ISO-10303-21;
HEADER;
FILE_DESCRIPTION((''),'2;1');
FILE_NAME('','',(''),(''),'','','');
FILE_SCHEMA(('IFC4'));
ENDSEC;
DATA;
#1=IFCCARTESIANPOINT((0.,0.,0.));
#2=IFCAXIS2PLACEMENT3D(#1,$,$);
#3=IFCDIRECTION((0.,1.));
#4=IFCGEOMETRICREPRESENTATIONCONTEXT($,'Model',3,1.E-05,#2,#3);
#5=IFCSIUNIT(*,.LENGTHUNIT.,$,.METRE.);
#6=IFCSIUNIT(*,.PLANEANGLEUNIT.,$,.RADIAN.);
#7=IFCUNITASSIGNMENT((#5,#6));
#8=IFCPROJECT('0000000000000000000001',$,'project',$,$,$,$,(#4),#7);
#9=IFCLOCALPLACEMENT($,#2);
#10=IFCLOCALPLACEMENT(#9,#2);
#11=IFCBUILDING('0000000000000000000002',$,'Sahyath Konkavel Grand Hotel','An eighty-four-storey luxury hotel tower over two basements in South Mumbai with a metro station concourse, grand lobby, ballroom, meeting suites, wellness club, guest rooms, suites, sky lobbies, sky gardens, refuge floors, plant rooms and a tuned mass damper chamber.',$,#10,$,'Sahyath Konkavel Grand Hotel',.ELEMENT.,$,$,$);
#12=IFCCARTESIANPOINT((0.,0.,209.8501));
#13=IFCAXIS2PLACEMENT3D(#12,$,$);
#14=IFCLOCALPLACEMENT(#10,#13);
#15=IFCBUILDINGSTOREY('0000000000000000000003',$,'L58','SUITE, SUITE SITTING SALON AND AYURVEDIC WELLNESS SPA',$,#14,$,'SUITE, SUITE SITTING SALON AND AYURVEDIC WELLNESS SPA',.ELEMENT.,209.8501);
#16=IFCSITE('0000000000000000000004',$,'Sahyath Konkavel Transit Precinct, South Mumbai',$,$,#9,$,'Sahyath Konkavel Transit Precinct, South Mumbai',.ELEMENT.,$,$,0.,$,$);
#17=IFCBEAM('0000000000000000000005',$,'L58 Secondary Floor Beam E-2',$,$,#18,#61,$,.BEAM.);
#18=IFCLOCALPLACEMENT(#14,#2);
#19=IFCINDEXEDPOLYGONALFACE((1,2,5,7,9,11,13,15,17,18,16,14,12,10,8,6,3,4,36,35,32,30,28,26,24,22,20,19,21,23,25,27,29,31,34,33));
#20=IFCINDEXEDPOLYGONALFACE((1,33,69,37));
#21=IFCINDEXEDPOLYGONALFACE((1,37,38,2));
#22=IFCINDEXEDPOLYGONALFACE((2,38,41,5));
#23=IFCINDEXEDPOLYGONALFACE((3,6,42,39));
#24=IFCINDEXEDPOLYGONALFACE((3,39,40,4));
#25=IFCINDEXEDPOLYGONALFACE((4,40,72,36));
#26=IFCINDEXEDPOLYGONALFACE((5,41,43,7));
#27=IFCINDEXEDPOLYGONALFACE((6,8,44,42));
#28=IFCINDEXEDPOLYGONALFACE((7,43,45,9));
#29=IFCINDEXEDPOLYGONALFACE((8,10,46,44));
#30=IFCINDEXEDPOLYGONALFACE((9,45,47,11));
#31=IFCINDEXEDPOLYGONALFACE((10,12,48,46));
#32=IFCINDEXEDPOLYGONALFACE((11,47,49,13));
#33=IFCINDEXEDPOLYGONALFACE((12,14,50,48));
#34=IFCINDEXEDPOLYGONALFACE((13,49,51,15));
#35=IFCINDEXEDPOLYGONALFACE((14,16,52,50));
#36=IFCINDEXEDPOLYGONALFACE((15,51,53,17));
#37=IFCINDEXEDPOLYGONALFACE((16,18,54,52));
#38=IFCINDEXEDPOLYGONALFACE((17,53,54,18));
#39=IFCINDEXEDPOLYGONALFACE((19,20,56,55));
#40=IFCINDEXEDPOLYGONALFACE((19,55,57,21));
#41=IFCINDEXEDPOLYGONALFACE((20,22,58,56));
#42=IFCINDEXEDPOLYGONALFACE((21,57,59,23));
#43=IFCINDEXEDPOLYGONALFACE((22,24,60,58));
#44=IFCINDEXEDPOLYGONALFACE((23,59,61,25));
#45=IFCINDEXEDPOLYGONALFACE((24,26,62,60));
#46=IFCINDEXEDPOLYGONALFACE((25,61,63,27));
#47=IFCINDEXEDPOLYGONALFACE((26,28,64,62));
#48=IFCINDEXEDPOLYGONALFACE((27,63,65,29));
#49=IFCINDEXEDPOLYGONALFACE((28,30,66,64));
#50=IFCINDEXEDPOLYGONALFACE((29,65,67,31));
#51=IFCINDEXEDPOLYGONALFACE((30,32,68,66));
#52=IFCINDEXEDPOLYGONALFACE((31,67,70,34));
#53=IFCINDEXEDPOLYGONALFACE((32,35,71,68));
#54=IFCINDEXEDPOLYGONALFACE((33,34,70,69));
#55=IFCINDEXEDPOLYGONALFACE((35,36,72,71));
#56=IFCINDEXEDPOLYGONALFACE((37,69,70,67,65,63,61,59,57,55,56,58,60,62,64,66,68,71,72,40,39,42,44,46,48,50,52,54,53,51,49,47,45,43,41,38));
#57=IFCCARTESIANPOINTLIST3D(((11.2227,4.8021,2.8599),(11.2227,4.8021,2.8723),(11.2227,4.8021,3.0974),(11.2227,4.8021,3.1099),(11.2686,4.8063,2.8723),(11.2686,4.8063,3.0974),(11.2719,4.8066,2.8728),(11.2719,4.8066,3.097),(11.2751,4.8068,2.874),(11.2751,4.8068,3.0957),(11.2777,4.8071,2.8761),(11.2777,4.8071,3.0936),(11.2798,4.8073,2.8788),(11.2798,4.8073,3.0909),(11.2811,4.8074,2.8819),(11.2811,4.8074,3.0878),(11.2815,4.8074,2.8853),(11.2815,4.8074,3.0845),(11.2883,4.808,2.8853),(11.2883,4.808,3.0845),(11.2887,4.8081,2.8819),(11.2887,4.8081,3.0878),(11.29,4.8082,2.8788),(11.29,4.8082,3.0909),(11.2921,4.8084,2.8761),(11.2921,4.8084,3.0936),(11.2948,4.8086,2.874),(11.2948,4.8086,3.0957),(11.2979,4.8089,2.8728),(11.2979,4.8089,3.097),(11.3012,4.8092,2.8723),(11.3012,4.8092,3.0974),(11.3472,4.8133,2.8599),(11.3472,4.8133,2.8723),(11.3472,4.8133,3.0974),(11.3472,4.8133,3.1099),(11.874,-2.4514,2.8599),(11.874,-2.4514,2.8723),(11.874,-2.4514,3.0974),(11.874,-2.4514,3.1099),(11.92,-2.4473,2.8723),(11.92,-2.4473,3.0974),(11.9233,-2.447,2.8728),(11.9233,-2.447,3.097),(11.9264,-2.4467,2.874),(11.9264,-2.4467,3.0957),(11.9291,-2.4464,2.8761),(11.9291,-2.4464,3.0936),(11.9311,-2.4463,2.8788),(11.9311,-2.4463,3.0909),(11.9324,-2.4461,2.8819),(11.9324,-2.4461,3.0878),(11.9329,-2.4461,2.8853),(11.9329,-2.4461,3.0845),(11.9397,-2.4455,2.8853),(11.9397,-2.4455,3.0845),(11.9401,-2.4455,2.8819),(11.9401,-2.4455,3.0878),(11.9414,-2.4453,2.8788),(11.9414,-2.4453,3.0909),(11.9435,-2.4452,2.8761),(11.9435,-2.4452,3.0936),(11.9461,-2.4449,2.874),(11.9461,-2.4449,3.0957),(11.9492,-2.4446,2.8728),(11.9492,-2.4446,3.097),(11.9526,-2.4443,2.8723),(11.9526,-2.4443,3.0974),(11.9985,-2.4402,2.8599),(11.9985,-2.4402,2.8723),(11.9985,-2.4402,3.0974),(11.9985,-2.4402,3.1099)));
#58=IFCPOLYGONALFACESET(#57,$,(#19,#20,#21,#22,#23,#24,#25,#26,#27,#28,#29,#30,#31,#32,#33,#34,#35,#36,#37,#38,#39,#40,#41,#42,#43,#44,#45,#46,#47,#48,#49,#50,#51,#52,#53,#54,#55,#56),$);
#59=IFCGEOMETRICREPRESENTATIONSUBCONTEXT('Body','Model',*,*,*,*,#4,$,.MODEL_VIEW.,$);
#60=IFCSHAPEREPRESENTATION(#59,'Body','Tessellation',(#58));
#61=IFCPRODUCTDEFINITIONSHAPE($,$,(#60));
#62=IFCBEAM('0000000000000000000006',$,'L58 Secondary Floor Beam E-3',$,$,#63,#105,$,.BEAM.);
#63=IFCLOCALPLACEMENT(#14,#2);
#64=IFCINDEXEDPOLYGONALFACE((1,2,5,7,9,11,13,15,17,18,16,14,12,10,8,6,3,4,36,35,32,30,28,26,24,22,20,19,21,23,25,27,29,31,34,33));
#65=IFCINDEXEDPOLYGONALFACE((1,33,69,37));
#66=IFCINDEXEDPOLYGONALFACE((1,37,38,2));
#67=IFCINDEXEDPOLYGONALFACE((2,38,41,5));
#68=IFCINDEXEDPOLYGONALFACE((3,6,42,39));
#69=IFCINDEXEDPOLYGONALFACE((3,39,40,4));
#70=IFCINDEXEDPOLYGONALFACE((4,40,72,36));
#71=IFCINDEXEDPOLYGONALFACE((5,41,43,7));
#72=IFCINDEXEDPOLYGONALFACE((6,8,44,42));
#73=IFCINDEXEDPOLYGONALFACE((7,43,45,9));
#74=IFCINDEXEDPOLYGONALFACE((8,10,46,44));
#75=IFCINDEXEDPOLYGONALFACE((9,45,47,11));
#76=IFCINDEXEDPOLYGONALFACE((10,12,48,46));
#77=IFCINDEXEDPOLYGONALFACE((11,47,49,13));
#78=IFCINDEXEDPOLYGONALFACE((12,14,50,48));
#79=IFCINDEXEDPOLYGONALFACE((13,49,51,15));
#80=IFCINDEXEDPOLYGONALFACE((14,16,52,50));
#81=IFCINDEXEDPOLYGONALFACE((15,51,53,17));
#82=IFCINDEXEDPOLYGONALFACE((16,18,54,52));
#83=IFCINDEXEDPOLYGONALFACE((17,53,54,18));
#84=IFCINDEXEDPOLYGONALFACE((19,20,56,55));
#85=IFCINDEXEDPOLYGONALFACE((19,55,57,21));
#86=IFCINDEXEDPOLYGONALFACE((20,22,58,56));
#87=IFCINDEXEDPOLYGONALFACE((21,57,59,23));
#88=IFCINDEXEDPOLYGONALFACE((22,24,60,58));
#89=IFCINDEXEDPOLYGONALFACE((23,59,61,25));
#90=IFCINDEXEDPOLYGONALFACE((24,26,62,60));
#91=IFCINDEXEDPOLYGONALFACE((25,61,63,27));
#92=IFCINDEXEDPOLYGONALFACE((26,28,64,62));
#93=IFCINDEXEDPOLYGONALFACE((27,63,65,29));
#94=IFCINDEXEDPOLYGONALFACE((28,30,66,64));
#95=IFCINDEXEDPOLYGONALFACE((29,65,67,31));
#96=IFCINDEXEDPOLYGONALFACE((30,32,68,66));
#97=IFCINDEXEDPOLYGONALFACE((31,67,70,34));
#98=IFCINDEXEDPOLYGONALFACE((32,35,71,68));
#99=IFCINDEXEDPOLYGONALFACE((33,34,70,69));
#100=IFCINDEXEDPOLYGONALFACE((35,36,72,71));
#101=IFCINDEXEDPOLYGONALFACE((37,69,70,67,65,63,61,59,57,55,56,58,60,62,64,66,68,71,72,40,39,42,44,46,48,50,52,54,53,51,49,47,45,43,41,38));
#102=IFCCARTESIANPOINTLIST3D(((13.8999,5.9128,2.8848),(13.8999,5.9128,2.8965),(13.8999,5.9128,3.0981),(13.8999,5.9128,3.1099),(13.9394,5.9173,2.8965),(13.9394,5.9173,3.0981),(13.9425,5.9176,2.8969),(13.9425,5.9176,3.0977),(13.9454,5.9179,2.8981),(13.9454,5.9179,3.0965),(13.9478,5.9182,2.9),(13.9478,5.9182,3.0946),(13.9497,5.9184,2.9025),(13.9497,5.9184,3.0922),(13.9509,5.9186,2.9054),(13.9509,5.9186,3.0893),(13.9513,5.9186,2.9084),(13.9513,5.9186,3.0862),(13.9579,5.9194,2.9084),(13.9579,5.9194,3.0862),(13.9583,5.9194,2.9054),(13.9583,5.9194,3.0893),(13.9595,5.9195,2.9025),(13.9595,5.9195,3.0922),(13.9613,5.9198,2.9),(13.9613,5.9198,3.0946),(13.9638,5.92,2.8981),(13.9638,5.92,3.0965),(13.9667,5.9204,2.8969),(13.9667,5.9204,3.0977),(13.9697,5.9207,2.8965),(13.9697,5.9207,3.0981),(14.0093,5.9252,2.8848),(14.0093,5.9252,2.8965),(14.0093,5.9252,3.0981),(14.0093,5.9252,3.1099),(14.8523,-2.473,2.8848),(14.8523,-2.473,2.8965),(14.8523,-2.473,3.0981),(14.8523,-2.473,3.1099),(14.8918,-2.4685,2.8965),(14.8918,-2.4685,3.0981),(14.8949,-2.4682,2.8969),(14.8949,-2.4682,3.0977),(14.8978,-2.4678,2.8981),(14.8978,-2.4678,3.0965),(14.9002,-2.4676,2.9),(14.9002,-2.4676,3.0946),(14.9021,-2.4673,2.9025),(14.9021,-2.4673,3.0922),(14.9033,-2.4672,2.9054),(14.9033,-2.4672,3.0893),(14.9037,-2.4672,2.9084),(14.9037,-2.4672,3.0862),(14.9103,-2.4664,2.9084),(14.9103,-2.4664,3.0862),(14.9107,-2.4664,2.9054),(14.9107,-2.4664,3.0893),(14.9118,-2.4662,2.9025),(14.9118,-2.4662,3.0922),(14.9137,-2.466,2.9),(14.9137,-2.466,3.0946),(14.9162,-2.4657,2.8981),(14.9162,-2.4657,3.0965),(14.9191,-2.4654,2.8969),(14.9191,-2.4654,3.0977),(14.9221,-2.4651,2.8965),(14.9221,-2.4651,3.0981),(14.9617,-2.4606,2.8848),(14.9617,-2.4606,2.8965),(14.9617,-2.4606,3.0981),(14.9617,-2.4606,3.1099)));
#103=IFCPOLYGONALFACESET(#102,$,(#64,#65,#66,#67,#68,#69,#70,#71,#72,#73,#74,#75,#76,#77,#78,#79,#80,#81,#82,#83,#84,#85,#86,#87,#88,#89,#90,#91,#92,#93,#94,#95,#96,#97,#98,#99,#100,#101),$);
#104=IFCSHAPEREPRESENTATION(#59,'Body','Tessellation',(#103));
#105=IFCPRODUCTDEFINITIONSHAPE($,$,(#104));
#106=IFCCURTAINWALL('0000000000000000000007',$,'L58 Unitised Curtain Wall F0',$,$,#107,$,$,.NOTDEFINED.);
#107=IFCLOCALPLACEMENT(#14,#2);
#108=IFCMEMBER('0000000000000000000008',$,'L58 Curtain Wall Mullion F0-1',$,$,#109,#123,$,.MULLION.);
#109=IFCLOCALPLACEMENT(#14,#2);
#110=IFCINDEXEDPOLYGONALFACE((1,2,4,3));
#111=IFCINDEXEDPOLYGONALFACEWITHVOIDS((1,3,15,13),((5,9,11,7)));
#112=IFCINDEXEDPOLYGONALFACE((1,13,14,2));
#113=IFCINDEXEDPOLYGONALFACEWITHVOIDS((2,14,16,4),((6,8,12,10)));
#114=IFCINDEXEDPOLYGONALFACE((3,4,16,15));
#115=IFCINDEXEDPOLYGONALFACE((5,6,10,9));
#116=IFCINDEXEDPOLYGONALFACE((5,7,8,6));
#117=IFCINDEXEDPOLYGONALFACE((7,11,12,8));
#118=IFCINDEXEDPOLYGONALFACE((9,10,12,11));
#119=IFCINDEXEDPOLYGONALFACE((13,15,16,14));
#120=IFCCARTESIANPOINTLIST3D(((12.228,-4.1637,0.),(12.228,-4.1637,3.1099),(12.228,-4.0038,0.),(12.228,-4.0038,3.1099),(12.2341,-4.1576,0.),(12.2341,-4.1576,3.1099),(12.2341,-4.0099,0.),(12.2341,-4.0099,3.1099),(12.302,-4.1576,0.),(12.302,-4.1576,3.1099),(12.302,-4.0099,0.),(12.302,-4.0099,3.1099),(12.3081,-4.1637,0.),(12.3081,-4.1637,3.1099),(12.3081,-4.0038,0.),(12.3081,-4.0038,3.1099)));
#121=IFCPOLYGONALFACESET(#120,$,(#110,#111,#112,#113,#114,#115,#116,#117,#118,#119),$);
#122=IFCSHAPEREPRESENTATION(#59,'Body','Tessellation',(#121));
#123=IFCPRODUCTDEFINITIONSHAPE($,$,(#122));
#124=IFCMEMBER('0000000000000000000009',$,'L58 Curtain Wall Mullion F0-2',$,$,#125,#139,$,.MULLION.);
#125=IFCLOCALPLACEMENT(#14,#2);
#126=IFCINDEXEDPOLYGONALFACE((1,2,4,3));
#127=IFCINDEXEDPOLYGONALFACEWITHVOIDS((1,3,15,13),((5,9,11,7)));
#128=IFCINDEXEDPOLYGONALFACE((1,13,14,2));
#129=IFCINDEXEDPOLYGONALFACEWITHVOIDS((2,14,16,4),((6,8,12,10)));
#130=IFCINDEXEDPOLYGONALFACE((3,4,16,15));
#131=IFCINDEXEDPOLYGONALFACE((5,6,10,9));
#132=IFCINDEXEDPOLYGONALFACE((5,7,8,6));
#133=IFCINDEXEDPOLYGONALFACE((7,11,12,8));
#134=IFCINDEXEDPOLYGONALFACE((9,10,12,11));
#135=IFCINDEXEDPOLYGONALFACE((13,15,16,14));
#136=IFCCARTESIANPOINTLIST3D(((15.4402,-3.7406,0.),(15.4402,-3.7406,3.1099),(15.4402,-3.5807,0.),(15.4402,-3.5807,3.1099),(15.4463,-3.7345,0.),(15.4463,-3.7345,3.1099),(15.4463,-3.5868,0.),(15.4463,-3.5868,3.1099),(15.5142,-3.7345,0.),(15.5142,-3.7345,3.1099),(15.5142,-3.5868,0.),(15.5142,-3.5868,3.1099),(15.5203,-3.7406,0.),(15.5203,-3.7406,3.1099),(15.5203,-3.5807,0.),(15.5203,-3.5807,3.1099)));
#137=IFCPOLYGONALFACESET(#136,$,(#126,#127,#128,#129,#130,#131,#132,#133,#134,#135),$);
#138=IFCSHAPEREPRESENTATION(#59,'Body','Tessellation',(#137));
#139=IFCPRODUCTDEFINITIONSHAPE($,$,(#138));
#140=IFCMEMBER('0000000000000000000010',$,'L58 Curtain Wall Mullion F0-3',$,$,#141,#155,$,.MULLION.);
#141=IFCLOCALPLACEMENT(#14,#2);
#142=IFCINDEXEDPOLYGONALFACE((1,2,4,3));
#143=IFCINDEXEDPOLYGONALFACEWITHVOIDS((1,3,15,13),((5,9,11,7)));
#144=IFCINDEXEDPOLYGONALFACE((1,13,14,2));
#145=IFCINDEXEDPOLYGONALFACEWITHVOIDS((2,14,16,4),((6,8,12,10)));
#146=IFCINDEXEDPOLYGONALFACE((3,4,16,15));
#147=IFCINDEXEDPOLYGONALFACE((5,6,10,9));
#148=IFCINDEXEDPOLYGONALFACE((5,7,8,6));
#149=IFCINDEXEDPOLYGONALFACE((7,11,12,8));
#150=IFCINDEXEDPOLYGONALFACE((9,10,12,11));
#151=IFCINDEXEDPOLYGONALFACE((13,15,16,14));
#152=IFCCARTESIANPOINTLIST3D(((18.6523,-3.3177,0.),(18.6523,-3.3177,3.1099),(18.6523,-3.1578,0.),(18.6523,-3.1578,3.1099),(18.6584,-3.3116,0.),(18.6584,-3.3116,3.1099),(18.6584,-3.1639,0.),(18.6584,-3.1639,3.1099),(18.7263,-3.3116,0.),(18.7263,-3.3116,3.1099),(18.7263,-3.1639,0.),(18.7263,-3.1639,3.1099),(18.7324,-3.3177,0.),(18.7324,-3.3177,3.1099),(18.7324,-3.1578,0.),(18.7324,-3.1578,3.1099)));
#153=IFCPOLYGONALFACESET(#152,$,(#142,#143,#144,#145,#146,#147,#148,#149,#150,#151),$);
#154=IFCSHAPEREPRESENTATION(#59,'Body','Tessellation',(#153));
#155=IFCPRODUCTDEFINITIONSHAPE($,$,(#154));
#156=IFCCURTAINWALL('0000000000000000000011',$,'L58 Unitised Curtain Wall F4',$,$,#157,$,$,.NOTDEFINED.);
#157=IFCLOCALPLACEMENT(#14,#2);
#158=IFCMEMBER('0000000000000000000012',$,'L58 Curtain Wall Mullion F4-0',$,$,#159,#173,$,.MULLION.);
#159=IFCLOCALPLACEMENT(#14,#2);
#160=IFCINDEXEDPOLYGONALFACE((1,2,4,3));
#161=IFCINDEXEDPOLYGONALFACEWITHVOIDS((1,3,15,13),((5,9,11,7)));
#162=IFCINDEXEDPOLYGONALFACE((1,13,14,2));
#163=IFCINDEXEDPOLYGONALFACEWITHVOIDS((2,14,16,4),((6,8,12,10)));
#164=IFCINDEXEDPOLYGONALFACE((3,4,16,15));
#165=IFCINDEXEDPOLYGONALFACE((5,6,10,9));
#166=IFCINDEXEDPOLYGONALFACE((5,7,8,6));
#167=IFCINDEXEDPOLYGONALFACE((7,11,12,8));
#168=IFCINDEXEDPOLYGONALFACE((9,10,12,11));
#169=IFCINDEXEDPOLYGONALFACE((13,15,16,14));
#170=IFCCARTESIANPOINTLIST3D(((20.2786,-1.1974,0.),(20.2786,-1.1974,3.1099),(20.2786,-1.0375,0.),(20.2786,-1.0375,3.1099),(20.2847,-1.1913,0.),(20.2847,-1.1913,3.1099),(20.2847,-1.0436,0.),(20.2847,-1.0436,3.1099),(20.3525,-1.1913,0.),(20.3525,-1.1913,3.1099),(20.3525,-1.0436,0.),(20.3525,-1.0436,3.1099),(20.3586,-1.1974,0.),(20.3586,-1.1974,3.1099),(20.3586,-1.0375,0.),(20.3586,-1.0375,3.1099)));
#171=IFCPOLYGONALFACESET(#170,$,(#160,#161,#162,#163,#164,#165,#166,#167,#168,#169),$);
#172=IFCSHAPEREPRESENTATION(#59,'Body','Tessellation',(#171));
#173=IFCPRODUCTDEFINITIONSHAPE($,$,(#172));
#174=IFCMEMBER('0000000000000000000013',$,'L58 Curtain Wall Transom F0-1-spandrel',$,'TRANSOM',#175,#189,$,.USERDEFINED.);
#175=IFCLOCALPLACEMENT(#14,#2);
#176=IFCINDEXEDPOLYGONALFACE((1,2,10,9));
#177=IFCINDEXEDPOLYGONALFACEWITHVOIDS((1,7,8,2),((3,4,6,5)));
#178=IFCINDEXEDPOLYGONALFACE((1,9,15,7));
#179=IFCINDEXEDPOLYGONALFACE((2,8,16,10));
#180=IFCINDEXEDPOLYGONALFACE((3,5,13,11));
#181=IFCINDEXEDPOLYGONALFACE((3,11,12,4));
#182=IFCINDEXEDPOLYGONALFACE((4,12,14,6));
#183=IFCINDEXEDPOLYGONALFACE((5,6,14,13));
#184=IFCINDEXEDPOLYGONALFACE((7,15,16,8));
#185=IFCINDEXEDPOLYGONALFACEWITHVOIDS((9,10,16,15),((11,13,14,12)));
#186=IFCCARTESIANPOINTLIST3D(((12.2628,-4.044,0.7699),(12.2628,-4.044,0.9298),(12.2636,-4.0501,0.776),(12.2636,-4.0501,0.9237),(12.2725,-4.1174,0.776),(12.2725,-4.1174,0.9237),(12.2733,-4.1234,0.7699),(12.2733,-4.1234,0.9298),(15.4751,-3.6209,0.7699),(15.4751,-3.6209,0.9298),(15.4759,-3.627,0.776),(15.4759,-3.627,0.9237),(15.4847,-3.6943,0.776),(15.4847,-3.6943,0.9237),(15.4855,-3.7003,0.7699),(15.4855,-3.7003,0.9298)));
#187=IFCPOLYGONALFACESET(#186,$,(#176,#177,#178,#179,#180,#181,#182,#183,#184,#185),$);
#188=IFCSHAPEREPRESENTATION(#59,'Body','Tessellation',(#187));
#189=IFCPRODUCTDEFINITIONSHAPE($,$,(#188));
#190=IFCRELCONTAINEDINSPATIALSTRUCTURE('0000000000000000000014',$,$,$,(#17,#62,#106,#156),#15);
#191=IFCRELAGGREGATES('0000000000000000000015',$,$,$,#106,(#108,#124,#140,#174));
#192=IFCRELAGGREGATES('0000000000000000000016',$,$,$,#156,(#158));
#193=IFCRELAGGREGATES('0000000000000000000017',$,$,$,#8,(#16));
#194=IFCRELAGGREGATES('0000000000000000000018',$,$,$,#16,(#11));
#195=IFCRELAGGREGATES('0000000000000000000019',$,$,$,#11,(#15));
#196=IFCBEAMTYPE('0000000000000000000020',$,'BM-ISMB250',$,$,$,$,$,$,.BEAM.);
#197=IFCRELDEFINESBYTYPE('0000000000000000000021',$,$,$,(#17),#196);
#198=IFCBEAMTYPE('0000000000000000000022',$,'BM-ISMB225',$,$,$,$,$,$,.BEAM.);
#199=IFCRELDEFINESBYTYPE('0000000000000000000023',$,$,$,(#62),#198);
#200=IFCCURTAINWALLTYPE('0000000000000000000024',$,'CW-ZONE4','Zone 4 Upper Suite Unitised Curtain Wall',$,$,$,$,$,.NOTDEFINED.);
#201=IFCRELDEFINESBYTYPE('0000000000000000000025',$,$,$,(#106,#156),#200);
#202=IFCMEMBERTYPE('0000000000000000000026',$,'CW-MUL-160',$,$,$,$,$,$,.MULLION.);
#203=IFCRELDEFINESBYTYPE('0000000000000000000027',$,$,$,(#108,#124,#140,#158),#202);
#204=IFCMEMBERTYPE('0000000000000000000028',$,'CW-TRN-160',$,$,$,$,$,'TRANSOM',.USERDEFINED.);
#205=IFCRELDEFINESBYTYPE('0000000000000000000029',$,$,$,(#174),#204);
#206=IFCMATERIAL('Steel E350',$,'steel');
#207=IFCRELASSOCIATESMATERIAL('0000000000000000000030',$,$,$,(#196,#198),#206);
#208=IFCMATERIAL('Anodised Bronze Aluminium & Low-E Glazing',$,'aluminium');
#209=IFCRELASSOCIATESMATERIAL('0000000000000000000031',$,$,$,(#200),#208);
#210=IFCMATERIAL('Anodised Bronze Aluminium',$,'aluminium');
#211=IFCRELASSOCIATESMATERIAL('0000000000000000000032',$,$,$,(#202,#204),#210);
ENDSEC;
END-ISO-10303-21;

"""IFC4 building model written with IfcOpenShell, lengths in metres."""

from ifc_helpers import new_model, si_unit, direction, frame, origin, origin_2d, place, context, subcontext, project, spatial, hollow_rectangle, i_section, extrude, source, transform, mapped, material, material_profile, profile_set, type_object, element, aggregate, save


model = new_model("IFC4")

# Units and contexts
model_context = context("Model", 3, precision=1e-05, world=origin(), true_north=direction((0.0, 1.0)))
body_context = subcontext(model_context, "Body", "Model", "MODEL_VIEW")
ifc_project = project(units=[si_unit("LENGTHUNIT", "METRE"), si_unit("PLANEANGLEUNIT", "RADIAN")], contexts=[model_context])

# Site, building, storey
site_placement = place(None, origin())
site = spatial("IfcSite", under=ifc_project, at=site_placement, Name="Sahyath Konkavel Transit Precinct, South Mumbai", LongName="Sahyath Konkavel Transit Precinct, South Mumbai", CompositionType="ELEMENT", RefElevation=0.0)
building_placement = place(site_placement, origin())
building = spatial("IfcBuilding", under=site, at=building_placement, Name="Sahyath Konkavel Grand Hotel", Description="An eighty-four-storey luxury hotel tower over two basements in South Mumbai with a metro station concourse, grand lobby, ballroom, meeting suites, wellness club, guest rooms, suites, sky lobbies, sky gardens, refuge floors, plant rooms and a tuned mass damper chamber.", LongName="Sahyath Konkavel Grand Hotel", CompositionType="ELEMENT")
storey_placement = place(building_placement, frame((0.0, 0.0, 209.8501)))
storey = spatial("IfcBuildingStorey", under=building, at=storey_placement, Name="L58", Description="SUITE, SUITE SITTING SALON AND AYURVEDIC WELLNESS SPA", LongName="SUITE, SUITE SITTING SALON AND AYURVEDIC WELLNESS SPA", CompositionType="ELEMENT", Elevation=209.8501)

# Beams
ifc_material_1 = material(Name="Steel E350", Category="steel")
ifc_material_profile_1 = material_profile(ifc_material_1, i_section(OverallWidth=0.125, OverallDepth=0.25, WebThickness=0.0068, FlangeThickness=0.0125, FilletRadius=0.0129, at=origin_2d()), Name="ISMB 250")
ifc_profile_set_1 = profile_set([ifc_material_profile_1], Name="Steel E350")
beam_type_1 = type_object("IfcBeamType", Name="BM-ISMB250", PredefinedType="BEAM", material=ifc_profile_set_1)
shared_shape_1 = source(origin(), body_context, "Body", "SweptSolid", [
    extrude(i_section(OverallWidth=0.125, OverallDepth=0.25, WebThickness=0.0068, FlangeThickness=0.0125, FilletRadius=0.0129, at=origin_2d()), origin(), (0.0, 0.0, 1.0), 7.2827),
])
beam_1_placement = place(storey_placement, frame((11.9363, -2.4458, 2.9849), z_axis=(-0.089441, 0.995992, 0.0), x_axis=(-0.995992, -0.089441, 0.0)))
element("IfcBeam", 1, at=beam_1_placement, inside=storey, type_object=beam_type_1, Name="L58 Secondary Floor Beam E-2", PredefinedType="BEAM", context=body_context, shape_type="MappedRepresentation", body=[
    mapped(shared_shape_1, transform((0.0, 0.0, 0.0), scale=1.0)),
])
ifc_material_profile_2 = material_profile(ifc_material_1, i_section(OverallWidth=0.1101, OverallDepth=0.2251, WebThickness=0.0066, FlangeThickness=0.0117, FilletRadius=0.012, at=origin_2d()), Name="ISMB 225")
ifc_profile_set_2 = profile_set([ifc_material_profile_2], Name="Steel E350")
beam_type_2 = type_object("IfcBeamType", Name="BM-ISMB225", PredefinedType="BEAM", material=ifc_profile_set_2)
shared_shape_2 = source(origin(), body_context, "Body", "SweptSolid", [
    extrude(i_section(OverallWidth=0.1101, OverallDepth=0.2251, WebThickness=0.0066, FlangeThickness=0.0117, FilletRadius=0.012, at=origin_2d()), origin(), (0.0, 0.0, 1.0), 8.4397),
])
beam_2_placement = place(storey_placement, frame((14.907, -2.4668, 2.9973), z_axis=(-0.112847, 0.993612, 0.0), x_axis=(-0.993612, -0.112847, 0.0)))
element("IfcBeam", 2, at=beam_2_placement, inside=storey, type_object=beam_type_2, Name="L58 Secondary Floor Beam E-3", PredefinedType="BEAM", context=body_context, shape_type="MappedRepresentation", body=[
    mapped(shared_shape_2, transform((0.0, 0.0, 0.0), scale=1.0)),
])

# Curtain wall, members
ifc_material_2 = material(Name="Anodised Bronze Aluminium & Low-E Glazing", Category="aluminium")
curtain_wall_type = type_object("IfcCurtainWallType", Name="CW-ZONE4", Description="Zone 4 Upper Suite Unitised Curtain Wall", PredefinedType="NOTDEFINED", material=ifc_material_2)
curtain_wall_1_placement = place(storey_placement, origin())
curtain_wall_1 = element("IfcCurtainWall", 3, at=curtain_wall_1_placement, inside=storey, type_object=curtain_wall_type, Name="L58 Unitised Curtain Wall F0", PredefinedType="NOTDEFINED")
ifc_material_3 = material(Name="Anodised Bronze Aluminium", Category="aluminium")
ifc_material_profile_3 = material_profile(ifc_material_3, hollow_rectangle(XDim=0.0801, YDim=0.1599, WallThickness=0.0061, at=origin_2d()), Name="RHS 160x80x6")
ifc_profile_set_3 = profile_set([ifc_material_profile_3], Name="Anodised Bronze Aluminium")
member_type_1 = type_object("IfcMemberType", Name="CW-MUL-160", PredefinedType="MULLION", material=ifc_profile_set_3)
shared_shape_3 = source(origin(), body_context, "Body", "SweptSolid", [
    extrude(hollow_rectangle(XDim=0.0801, YDim=0.1599, WallThickness=0.0061, at=origin_2d()), origin(), (0.0, 0.0, 1.0), 3.1099),
])
member_1_placement = place(storey_placement, frame((12.2681, -4.0837, 0.0), z_axis=(0.0, 0.0, 1.0), x_axis=(1.0, 0.0, 0.0)))
member_1 = element("IfcMember", 4, at=member_1_placement, type_object=member_type_1, Name="L58 Curtain Wall Mullion F0-1", PredefinedType="MULLION", context=body_context, shape_type="MappedRepresentation", body=[
    mapped(shared_shape_3, transform((0.0, 0.0, 0.0), scale=1.0)),
])
member_2_placement = place(storey_placement, frame((15.4802, -3.6606, 0.0), z_axis=(0.0, 0.0, 1.0), x_axis=(1.0, 0.0, 0.0)))
member_2 = element("IfcMember", 5, at=member_2_placement, type_object=member_type_1, Name="L58 Curtain Wall Mullion F0-2", PredefinedType="MULLION", context=body_context, shape_type="MappedRepresentation", body=[
    mapped(shared_shape_3, transform((0.0, 0.0, 0.0), scale=1.0)),
])
member_3_placement = place(storey_placement, frame((18.6924, -3.2378, 0.0), z_axis=(0.0, 0.0, 1.0), x_axis=(1.0, 0.0, 0.0)))
member_3 = element("IfcMember", 6, at=member_3_placement, type_object=member_type_1, Name="L58 Curtain Wall Mullion F0-3", PredefinedType="MULLION", context=body_context, shape_type="MappedRepresentation", body=[
    mapped(shared_shape_3, transform((0.0, 0.0, 0.0), scale=1.0)),
])

# Curtain wall, member
curtain_wall_2_placement = place(storey_placement, origin())
curtain_wall_2 = element("IfcCurtainWall", 7, at=curtain_wall_2_placement, inside=storey, type_object=curtain_wall_type, Name="L58 Unitised Curtain Wall F4", PredefinedType="NOTDEFINED")
member_4_placement = place(storey_placement, frame((20.3186, -1.1174, 0.0), z_axis=(0.0, 0.0, 1.0), x_axis=(1.0, 0.0, 0.0)))
member_4 = element("IfcMember", 8, at=member_4_placement, type_object=member_type_1, Name="L58 Curtain Wall Mullion F4-0", PredefinedType="MULLION", context=body_context, shape_type="MappedRepresentation", body=[
    mapped(shared_shape_3, transform((0.0, 0.0, 0.0), scale=1.0)),
])

# Member
ifc_material_profile_4 = material_profile(ifc_material_3, hollow_rectangle(XDim=0.0801, YDim=0.1599, WallThickness=0.0061, at=origin_2d()), Name="RHS 160x80x6")
ifc_profile_set_4 = profile_set([ifc_material_profile_4], Name="Anodised Bronze Aluminium")
member_type_2 = type_object("IfcMemberType", Name="CW-TRN-160", ElementType="TRANSOM", PredefinedType="USERDEFINED", material=ifc_profile_set_4)
shared_shape_4 = source(origin(), body_context, "Body", "SweptSolid", [
    extrude(hollow_rectangle(XDim=0.0801, YDim=0.1599, WallThickness=0.0061, at=origin_2d()), origin(), (0.0, 0.0, 1.0), 3.24),
])
member_5_placement = place(storey_placement, frame((12.2681, -4.0837, 0.8499), z_axis=(0.991437, 0.130589, 0.0), x_axis=(-0.130589, 0.991437, 0.0)))
member_5 = element("IfcMember", 9, at=member_5_placement, type_object=member_type_2, Name="L58 Curtain Wall Transom F0-1-spandrel", ObjectType="TRANSOM", PredefinedType="USERDEFINED", context=body_context, shape_type="MappedRepresentation", body=[
    mapped(shared_shape_4, transform((0.0, 0.0, 0.0), scale=1.0)),
])

aggregate(curtain_wall_1, [member_1, member_2, member_3, member_5])
aggregate(curtain_wall_2, [member_4])

save(model, "model.ifc")
